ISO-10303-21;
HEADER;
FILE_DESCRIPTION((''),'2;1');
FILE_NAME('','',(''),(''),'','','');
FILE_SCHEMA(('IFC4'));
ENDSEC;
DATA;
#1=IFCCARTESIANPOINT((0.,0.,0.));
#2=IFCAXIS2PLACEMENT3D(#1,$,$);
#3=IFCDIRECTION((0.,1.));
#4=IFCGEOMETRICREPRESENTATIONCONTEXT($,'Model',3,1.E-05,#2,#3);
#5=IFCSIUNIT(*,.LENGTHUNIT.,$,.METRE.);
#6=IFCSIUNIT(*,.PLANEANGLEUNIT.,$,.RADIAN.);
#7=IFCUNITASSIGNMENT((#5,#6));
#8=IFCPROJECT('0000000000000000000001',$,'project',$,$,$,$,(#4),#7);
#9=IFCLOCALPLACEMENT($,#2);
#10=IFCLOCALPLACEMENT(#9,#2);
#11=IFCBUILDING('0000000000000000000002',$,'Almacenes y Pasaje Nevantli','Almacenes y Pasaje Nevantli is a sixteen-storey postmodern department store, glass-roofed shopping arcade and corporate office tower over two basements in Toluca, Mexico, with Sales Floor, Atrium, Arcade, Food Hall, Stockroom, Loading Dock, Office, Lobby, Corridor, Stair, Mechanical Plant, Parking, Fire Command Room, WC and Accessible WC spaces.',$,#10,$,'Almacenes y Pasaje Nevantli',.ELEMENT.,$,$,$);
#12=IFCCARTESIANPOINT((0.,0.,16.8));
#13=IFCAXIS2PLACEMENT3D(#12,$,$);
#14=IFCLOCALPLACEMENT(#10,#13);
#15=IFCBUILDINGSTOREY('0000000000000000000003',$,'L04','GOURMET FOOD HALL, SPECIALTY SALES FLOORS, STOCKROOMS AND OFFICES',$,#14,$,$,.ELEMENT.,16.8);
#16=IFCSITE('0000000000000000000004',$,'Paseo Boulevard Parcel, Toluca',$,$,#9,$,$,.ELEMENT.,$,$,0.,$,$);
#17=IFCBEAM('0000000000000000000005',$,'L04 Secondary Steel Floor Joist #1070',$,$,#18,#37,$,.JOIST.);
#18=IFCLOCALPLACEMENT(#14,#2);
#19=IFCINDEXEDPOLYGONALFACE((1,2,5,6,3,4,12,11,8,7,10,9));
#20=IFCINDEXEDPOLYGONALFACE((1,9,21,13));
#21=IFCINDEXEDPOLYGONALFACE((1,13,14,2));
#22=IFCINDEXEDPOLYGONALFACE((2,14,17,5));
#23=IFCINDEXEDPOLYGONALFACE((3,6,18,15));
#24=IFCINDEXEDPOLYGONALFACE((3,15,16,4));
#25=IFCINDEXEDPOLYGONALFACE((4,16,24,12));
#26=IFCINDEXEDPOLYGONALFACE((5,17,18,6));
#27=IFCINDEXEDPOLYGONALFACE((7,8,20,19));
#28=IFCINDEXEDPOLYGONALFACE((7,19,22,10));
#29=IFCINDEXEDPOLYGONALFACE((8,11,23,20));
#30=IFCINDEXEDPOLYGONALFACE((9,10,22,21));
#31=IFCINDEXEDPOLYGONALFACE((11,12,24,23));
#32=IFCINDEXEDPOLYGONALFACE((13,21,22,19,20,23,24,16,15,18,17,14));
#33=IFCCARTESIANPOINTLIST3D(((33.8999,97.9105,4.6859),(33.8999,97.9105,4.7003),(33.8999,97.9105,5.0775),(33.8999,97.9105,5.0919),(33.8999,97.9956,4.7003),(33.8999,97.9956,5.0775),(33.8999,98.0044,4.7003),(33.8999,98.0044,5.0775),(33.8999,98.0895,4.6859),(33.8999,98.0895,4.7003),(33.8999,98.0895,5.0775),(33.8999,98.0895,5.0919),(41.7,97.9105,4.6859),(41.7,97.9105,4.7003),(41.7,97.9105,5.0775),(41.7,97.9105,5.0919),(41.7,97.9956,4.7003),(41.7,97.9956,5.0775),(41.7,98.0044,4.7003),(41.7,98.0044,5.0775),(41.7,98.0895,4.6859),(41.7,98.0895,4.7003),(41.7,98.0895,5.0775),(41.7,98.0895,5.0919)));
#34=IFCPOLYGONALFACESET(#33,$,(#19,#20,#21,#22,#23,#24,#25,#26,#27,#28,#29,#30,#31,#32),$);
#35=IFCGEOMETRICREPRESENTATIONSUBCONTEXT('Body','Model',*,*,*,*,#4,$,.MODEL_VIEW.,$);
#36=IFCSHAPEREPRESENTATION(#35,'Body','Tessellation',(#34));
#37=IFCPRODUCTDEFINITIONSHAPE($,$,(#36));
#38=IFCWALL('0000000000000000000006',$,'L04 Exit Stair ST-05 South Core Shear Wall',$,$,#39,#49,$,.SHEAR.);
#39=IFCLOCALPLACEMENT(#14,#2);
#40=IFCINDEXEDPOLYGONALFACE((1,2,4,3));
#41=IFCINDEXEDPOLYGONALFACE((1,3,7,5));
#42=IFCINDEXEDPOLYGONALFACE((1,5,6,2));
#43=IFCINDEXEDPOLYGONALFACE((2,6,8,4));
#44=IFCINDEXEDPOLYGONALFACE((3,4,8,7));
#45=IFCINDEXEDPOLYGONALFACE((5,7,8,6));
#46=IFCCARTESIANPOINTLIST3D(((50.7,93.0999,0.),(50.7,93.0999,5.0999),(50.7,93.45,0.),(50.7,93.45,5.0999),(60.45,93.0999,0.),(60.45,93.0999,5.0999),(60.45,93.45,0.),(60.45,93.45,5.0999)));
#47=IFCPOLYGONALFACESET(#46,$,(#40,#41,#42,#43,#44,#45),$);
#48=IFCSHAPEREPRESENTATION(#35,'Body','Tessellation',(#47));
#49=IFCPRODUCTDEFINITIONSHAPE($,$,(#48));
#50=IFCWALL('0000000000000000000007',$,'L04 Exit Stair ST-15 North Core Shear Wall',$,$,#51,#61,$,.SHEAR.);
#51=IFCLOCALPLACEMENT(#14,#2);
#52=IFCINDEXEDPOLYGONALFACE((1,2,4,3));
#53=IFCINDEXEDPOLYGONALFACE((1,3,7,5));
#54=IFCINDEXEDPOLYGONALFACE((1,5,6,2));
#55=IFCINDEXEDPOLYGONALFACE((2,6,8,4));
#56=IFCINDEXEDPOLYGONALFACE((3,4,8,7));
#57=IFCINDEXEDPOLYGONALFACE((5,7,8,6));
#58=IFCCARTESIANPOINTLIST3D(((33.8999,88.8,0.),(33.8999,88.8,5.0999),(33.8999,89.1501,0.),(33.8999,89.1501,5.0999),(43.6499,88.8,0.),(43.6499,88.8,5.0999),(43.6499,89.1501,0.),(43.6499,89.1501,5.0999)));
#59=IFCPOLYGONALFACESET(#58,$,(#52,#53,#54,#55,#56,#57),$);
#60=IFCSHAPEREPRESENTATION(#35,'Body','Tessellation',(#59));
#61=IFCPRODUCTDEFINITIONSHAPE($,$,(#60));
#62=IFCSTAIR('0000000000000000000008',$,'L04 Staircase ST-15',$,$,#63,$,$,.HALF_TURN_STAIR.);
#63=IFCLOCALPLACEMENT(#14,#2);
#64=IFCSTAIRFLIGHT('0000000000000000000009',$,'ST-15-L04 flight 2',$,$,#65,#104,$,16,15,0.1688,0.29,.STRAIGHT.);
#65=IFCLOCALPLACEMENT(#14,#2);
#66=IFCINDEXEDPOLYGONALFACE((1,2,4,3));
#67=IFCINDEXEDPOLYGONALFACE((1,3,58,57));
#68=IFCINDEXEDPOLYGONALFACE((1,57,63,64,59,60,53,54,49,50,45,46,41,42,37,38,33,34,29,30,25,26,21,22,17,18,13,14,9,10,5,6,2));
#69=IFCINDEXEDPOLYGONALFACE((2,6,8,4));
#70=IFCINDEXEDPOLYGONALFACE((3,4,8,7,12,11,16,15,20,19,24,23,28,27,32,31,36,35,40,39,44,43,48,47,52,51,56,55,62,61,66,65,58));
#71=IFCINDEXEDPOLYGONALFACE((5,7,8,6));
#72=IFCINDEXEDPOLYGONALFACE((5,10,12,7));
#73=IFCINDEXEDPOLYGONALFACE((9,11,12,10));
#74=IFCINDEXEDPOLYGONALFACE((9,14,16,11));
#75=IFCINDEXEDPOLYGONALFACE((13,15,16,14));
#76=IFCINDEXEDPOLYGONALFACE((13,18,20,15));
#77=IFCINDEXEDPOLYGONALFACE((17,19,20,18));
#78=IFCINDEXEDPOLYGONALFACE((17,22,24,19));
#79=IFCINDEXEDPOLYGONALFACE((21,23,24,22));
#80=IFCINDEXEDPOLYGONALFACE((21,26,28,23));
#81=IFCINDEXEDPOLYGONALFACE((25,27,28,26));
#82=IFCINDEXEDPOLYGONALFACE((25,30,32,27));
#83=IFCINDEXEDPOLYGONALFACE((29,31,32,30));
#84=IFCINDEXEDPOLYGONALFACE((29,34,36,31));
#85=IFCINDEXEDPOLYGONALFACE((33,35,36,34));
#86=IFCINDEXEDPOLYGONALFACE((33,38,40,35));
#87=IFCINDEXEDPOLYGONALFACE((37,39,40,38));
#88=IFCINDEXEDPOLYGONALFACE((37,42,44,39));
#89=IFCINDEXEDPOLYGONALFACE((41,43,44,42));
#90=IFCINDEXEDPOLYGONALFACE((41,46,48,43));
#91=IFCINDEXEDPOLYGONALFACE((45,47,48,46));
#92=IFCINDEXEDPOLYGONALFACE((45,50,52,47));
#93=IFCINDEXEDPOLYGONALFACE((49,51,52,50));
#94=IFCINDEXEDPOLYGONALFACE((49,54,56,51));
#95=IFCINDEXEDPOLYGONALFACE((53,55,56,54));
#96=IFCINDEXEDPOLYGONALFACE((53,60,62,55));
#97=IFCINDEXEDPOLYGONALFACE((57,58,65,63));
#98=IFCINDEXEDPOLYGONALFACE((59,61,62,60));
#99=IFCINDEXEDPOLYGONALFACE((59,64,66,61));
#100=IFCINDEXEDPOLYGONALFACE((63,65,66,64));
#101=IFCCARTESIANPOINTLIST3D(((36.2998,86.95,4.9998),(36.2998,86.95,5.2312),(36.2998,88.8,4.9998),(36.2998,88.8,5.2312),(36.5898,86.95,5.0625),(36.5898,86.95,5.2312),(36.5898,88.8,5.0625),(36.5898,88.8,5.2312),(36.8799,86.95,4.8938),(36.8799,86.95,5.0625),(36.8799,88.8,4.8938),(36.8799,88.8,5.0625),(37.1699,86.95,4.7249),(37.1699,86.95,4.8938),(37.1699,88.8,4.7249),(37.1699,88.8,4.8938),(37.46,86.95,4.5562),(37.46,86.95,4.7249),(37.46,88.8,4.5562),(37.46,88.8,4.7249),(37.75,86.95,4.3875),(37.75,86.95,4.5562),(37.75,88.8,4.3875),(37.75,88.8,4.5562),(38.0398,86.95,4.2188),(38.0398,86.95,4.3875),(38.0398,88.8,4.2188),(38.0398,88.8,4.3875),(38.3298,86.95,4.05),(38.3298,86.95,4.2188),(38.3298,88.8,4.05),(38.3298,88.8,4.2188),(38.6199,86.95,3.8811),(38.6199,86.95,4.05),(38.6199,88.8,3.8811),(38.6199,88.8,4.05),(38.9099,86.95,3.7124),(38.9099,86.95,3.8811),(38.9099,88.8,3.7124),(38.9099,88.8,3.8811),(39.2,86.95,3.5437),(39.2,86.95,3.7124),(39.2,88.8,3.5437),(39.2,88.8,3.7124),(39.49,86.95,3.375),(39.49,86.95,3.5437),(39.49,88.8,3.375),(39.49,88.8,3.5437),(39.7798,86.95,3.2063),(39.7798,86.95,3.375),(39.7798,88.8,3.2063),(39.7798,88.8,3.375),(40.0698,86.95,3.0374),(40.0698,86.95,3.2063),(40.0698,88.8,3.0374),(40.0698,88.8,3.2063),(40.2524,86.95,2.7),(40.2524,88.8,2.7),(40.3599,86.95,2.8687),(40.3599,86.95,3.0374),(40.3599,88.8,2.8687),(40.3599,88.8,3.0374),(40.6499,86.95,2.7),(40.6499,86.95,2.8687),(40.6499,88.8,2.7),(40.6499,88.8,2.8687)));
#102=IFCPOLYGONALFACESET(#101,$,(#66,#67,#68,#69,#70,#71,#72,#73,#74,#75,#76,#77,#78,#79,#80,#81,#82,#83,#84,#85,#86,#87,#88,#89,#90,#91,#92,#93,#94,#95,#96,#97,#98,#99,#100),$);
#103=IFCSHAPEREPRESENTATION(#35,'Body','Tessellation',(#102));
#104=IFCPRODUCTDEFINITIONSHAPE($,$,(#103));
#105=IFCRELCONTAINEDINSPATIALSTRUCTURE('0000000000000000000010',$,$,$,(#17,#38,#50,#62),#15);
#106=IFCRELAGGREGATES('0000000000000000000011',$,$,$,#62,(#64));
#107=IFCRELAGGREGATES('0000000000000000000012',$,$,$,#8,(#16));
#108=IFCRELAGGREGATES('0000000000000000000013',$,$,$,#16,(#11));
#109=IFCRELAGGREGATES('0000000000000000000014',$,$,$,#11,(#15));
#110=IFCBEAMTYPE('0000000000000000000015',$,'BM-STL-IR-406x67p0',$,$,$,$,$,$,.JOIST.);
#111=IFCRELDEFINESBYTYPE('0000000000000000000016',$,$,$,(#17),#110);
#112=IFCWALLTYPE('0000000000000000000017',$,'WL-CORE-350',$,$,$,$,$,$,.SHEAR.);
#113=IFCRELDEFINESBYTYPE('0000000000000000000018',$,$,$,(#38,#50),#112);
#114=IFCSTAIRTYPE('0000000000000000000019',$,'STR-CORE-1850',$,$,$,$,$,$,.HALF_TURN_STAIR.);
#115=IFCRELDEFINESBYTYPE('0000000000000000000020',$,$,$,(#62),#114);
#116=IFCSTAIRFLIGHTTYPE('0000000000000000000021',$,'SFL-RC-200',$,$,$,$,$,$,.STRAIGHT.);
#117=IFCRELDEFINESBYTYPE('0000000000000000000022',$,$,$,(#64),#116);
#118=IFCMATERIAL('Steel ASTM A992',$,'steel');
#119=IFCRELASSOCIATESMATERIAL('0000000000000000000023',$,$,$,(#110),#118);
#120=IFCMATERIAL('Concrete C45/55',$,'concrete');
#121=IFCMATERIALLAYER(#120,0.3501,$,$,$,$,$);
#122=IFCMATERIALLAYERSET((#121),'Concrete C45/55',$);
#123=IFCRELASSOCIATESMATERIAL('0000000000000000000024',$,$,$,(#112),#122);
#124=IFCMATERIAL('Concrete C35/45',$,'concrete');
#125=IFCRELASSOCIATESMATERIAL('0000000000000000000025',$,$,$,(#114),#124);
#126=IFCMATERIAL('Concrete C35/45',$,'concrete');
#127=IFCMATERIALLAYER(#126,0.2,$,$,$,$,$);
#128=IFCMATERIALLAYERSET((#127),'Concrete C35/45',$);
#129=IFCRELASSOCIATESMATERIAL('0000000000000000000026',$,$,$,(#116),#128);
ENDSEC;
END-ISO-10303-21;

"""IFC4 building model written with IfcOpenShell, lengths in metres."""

from ifc_helpers import new_model, si_unit, direction, frame, frame_2d, origin, origin_2d, place, context, subcontext, project, spatial, polyline, rectangle, i_section, outline, extrude, material, layer, layer_set, material_profile, profile_set, type_object, element, aggregate, save


model = new_model("IFC4")

# Units and contexts
model_context = context("Model", 3, precision=1e-05, world=origin(), true_north=direction((0.0, 1.0)))
body_context = subcontext(model_context, "Body", "Model", "MODEL_VIEW")
ifc_project = project(units=[si_unit("LENGTHUNIT", "METRE"), si_unit("PLANEANGLEUNIT", "RADIAN")], contexts=[model_context])

# Site, building, storey
site_placement = place(None, origin())
site = spatial("IfcSite", under=ifc_project, at=site_placement, Name="Paseo Boulevard Parcel, Toluca", CompositionType="ELEMENT", RefElevation=0.0)
building_placement = place(site_placement, origin())
building = spatial("IfcBuilding", under=site, at=building_placement, Name="Almacenes y Pasaje Nevantli", Description="Almacenes y Pasaje Nevantli is a sixteen-storey postmodern department store, glass-roofed shopping arcade and corporate office tower over two basements in Toluca, Mexico, with Sales Floor, Atrium, Arcade, Food Hall, Stockroom, Loading Dock, Office, Lobby, Corridor, Stair, Mechanical Plant, Parking, Fire Command Room, WC and Accessible WC spaces.", LongName="Almacenes y Pasaje Nevantli", CompositionType="ELEMENT")
storey_placement = place(building_placement, frame((0.0, 0.0, 16.8)))
storey = spatial("IfcBuildingStorey", under=building, at=storey_placement, Name="L04", Description="GOURMET FOOD HALL, SPECIALTY SALES FLOORS, STOCKROOMS AND OFFICES", CompositionType="ELEMENT", Elevation=16.8)

# Beam
ifc_material_1 = material(Name="Steel ASTM A992", Category="steel")
ifc_material_profile_1 = material_profile(ifc_material_1, i_section(OverallWidth=0.179, OverallDepth=0.406, WebThickness=0.0088, FlangeThickness=0.0144, at=origin_2d()), Name="IR 406x67.0")
ifc_profile_set_1 = profile_set([ifc_material_profile_1], Name="Steel ASTM A992")
beam_type_1 = type_object("IfcBeamType", Name="BM-STL-IR-406x67p0", PredefinedType="JOIST", material=ifc_profile_set_1)
for number, where, z_axis, x_axis, name in (
    (1, (33.8999, 98.0, 4.8889), (1.0, 0.0, 0.0), (0.0, 1.0, 0.0), "L04 Secondary Steel Floor Joist #1070"),
):
    element("IfcBeam", number, at=place(storey_placement, frame(where, z_axis=z_axis, x_axis=x_axis)), inside=storey, type_object=beam_type_1, Name=name, PredefinedType="JOIST", context=body_context, shape_type="SweptSolid", body=[
        extrude(i_section(OverallWidth=0.179, OverallDepth=0.406, WebThickness=0.0088, FlangeThickness=0.0144, at=origin_2d()), origin(), (0.0, 0.0, 1.0), 7.8),
    ])

# Walls
ifc_material_2 = material(Name="Concrete C45/55", Category="concrete")
ifc_layer_1 = layer(ifc_material_2, 0.3501)
ifc_layer_set_1 = layer_set([ifc_layer_1], Name="Concrete C45/55")
wall_type = type_object("IfcWallType", Name="WL-CORE-350", PredefinedType="SHEAR", material=ifc_layer_set_1)
for number, where, z_axis, x_axis, name in (
    (2, (50.7, 93.2749, 0.0), (0.0, 0.0, 1.0), (1.0, 0.0, 0.0), "L04 Exit Stair ST-05 South Core Shear Wall"),
    (3, (33.8999, 88.9751, 0.0), (0.0, 0.0, 1.0), (1.0, 0.0, 0.0), "L04 Exit Stair ST-15 North Core Shear Wall"),
):
    element("IfcWall", number, at=place(storey_placement, frame(where, z_axis=z_axis, x_axis=x_axis)), inside=storey, type_object=wall_type, Name=name, PredefinedType="SHEAR", context=body_context, shape_type="SweptSolid", body=[
        extrude(rectangle(XDim=9.75, YDim=0.3501, at=frame_2d((4.875, 0.0))), origin(), (0.0, 0.0, 1.0), 5.0999),
    ])

# Stair, stair flight
ifc_material_3 = material(Name="Concrete C35/45", Category="concrete")
stair_type = type_object("IfcStairType", Name="STR-CORE-1850", PredefinedType="HALF_TURN_STAIR", material=ifc_material_3)
stair_placement = place(storey_placement, origin())
stair = element("IfcStair", 4, at=stair_placement, inside=storey, type_object=stair_type, Name="L04 Staircase ST-15", PredefinedType="HALF_TURN_STAIR")
ifc_material_4 = material(Name="Concrete C35/45", Category="concrete")
ifc_layer_2 = layer(ifc_material_4, 0.2)
ifc_layer_set_2 = layer_set([ifc_layer_2], Name="Concrete C35/45")
stair_flight_type = type_object("IfcStairFlightType", Name="SFL-RC-200", PredefinedType="STRAIGHT", material=ifc_layer_set_2)
stair_flight_placement = place(storey_placement, frame((40.6499, 87.875, 2.7), z_axis=(0.0, 0.0, 1.0), x_axis=(-1.0, 0.0, 0.0)))
stair_flight = element("IfcStairFlight", 5, at=stair_flight_placement, type_object=stair_flight_type, Name="ST-15-L04 flight 2", NumberOfRisers=16, NumberOfTreads=15, PredefinedType="STRAIGHT", RiserHeight=0.1688, TreadLength=0.29, context=body_context, shape_type="SweptSolid", body=[
    extrude(outline(polyline([(0.0, 0.0), (0.0, 0.1687), (0.29, 0.1687), (0.29, 0.3374), (0.5801, 0.3374), (0.5801, 0.5063), (0.8701, 0.5063), (0.8701, 0.675), (1.1599, 0.675), (1.1599, 0.8438), (1.45, 0.8438), (1.45, 1.0125), (1.74, 1.0125), (1.74, 1.1812), (2.03, 1.1812), (2.03, 1.3501), (2.3201, 1.3501), (2.3201, 1.5188), (2.6101, 1.5188), (2.6101, 1.6875), (2.8999, 1.6875), (2.8999, 1.8562), (3.1899, 1.8562), (3.1899, 2.0249), (3.48, 2.0249), (3.48, 2.1938), (3.77, 2.1938), (3.77, 2.3625), (4.0601, 2.3625), (4.0601, 2.5312), (4.3501, 2.5312), (4.3501, 2.7), (4.3501, 2.2998), (0.3975, 0.0), (0.0, 0.0)])), frame((0.0, 0.925, 0.0), z_axis=(0.0, -1.0, 0.0), x_axis=(1.0, 0.0, 0.0)), (0.0, 0.0, 1.0), 1.8501),
])
aggregate(stair, [stair_flight])

save(model, "model.ifc")
